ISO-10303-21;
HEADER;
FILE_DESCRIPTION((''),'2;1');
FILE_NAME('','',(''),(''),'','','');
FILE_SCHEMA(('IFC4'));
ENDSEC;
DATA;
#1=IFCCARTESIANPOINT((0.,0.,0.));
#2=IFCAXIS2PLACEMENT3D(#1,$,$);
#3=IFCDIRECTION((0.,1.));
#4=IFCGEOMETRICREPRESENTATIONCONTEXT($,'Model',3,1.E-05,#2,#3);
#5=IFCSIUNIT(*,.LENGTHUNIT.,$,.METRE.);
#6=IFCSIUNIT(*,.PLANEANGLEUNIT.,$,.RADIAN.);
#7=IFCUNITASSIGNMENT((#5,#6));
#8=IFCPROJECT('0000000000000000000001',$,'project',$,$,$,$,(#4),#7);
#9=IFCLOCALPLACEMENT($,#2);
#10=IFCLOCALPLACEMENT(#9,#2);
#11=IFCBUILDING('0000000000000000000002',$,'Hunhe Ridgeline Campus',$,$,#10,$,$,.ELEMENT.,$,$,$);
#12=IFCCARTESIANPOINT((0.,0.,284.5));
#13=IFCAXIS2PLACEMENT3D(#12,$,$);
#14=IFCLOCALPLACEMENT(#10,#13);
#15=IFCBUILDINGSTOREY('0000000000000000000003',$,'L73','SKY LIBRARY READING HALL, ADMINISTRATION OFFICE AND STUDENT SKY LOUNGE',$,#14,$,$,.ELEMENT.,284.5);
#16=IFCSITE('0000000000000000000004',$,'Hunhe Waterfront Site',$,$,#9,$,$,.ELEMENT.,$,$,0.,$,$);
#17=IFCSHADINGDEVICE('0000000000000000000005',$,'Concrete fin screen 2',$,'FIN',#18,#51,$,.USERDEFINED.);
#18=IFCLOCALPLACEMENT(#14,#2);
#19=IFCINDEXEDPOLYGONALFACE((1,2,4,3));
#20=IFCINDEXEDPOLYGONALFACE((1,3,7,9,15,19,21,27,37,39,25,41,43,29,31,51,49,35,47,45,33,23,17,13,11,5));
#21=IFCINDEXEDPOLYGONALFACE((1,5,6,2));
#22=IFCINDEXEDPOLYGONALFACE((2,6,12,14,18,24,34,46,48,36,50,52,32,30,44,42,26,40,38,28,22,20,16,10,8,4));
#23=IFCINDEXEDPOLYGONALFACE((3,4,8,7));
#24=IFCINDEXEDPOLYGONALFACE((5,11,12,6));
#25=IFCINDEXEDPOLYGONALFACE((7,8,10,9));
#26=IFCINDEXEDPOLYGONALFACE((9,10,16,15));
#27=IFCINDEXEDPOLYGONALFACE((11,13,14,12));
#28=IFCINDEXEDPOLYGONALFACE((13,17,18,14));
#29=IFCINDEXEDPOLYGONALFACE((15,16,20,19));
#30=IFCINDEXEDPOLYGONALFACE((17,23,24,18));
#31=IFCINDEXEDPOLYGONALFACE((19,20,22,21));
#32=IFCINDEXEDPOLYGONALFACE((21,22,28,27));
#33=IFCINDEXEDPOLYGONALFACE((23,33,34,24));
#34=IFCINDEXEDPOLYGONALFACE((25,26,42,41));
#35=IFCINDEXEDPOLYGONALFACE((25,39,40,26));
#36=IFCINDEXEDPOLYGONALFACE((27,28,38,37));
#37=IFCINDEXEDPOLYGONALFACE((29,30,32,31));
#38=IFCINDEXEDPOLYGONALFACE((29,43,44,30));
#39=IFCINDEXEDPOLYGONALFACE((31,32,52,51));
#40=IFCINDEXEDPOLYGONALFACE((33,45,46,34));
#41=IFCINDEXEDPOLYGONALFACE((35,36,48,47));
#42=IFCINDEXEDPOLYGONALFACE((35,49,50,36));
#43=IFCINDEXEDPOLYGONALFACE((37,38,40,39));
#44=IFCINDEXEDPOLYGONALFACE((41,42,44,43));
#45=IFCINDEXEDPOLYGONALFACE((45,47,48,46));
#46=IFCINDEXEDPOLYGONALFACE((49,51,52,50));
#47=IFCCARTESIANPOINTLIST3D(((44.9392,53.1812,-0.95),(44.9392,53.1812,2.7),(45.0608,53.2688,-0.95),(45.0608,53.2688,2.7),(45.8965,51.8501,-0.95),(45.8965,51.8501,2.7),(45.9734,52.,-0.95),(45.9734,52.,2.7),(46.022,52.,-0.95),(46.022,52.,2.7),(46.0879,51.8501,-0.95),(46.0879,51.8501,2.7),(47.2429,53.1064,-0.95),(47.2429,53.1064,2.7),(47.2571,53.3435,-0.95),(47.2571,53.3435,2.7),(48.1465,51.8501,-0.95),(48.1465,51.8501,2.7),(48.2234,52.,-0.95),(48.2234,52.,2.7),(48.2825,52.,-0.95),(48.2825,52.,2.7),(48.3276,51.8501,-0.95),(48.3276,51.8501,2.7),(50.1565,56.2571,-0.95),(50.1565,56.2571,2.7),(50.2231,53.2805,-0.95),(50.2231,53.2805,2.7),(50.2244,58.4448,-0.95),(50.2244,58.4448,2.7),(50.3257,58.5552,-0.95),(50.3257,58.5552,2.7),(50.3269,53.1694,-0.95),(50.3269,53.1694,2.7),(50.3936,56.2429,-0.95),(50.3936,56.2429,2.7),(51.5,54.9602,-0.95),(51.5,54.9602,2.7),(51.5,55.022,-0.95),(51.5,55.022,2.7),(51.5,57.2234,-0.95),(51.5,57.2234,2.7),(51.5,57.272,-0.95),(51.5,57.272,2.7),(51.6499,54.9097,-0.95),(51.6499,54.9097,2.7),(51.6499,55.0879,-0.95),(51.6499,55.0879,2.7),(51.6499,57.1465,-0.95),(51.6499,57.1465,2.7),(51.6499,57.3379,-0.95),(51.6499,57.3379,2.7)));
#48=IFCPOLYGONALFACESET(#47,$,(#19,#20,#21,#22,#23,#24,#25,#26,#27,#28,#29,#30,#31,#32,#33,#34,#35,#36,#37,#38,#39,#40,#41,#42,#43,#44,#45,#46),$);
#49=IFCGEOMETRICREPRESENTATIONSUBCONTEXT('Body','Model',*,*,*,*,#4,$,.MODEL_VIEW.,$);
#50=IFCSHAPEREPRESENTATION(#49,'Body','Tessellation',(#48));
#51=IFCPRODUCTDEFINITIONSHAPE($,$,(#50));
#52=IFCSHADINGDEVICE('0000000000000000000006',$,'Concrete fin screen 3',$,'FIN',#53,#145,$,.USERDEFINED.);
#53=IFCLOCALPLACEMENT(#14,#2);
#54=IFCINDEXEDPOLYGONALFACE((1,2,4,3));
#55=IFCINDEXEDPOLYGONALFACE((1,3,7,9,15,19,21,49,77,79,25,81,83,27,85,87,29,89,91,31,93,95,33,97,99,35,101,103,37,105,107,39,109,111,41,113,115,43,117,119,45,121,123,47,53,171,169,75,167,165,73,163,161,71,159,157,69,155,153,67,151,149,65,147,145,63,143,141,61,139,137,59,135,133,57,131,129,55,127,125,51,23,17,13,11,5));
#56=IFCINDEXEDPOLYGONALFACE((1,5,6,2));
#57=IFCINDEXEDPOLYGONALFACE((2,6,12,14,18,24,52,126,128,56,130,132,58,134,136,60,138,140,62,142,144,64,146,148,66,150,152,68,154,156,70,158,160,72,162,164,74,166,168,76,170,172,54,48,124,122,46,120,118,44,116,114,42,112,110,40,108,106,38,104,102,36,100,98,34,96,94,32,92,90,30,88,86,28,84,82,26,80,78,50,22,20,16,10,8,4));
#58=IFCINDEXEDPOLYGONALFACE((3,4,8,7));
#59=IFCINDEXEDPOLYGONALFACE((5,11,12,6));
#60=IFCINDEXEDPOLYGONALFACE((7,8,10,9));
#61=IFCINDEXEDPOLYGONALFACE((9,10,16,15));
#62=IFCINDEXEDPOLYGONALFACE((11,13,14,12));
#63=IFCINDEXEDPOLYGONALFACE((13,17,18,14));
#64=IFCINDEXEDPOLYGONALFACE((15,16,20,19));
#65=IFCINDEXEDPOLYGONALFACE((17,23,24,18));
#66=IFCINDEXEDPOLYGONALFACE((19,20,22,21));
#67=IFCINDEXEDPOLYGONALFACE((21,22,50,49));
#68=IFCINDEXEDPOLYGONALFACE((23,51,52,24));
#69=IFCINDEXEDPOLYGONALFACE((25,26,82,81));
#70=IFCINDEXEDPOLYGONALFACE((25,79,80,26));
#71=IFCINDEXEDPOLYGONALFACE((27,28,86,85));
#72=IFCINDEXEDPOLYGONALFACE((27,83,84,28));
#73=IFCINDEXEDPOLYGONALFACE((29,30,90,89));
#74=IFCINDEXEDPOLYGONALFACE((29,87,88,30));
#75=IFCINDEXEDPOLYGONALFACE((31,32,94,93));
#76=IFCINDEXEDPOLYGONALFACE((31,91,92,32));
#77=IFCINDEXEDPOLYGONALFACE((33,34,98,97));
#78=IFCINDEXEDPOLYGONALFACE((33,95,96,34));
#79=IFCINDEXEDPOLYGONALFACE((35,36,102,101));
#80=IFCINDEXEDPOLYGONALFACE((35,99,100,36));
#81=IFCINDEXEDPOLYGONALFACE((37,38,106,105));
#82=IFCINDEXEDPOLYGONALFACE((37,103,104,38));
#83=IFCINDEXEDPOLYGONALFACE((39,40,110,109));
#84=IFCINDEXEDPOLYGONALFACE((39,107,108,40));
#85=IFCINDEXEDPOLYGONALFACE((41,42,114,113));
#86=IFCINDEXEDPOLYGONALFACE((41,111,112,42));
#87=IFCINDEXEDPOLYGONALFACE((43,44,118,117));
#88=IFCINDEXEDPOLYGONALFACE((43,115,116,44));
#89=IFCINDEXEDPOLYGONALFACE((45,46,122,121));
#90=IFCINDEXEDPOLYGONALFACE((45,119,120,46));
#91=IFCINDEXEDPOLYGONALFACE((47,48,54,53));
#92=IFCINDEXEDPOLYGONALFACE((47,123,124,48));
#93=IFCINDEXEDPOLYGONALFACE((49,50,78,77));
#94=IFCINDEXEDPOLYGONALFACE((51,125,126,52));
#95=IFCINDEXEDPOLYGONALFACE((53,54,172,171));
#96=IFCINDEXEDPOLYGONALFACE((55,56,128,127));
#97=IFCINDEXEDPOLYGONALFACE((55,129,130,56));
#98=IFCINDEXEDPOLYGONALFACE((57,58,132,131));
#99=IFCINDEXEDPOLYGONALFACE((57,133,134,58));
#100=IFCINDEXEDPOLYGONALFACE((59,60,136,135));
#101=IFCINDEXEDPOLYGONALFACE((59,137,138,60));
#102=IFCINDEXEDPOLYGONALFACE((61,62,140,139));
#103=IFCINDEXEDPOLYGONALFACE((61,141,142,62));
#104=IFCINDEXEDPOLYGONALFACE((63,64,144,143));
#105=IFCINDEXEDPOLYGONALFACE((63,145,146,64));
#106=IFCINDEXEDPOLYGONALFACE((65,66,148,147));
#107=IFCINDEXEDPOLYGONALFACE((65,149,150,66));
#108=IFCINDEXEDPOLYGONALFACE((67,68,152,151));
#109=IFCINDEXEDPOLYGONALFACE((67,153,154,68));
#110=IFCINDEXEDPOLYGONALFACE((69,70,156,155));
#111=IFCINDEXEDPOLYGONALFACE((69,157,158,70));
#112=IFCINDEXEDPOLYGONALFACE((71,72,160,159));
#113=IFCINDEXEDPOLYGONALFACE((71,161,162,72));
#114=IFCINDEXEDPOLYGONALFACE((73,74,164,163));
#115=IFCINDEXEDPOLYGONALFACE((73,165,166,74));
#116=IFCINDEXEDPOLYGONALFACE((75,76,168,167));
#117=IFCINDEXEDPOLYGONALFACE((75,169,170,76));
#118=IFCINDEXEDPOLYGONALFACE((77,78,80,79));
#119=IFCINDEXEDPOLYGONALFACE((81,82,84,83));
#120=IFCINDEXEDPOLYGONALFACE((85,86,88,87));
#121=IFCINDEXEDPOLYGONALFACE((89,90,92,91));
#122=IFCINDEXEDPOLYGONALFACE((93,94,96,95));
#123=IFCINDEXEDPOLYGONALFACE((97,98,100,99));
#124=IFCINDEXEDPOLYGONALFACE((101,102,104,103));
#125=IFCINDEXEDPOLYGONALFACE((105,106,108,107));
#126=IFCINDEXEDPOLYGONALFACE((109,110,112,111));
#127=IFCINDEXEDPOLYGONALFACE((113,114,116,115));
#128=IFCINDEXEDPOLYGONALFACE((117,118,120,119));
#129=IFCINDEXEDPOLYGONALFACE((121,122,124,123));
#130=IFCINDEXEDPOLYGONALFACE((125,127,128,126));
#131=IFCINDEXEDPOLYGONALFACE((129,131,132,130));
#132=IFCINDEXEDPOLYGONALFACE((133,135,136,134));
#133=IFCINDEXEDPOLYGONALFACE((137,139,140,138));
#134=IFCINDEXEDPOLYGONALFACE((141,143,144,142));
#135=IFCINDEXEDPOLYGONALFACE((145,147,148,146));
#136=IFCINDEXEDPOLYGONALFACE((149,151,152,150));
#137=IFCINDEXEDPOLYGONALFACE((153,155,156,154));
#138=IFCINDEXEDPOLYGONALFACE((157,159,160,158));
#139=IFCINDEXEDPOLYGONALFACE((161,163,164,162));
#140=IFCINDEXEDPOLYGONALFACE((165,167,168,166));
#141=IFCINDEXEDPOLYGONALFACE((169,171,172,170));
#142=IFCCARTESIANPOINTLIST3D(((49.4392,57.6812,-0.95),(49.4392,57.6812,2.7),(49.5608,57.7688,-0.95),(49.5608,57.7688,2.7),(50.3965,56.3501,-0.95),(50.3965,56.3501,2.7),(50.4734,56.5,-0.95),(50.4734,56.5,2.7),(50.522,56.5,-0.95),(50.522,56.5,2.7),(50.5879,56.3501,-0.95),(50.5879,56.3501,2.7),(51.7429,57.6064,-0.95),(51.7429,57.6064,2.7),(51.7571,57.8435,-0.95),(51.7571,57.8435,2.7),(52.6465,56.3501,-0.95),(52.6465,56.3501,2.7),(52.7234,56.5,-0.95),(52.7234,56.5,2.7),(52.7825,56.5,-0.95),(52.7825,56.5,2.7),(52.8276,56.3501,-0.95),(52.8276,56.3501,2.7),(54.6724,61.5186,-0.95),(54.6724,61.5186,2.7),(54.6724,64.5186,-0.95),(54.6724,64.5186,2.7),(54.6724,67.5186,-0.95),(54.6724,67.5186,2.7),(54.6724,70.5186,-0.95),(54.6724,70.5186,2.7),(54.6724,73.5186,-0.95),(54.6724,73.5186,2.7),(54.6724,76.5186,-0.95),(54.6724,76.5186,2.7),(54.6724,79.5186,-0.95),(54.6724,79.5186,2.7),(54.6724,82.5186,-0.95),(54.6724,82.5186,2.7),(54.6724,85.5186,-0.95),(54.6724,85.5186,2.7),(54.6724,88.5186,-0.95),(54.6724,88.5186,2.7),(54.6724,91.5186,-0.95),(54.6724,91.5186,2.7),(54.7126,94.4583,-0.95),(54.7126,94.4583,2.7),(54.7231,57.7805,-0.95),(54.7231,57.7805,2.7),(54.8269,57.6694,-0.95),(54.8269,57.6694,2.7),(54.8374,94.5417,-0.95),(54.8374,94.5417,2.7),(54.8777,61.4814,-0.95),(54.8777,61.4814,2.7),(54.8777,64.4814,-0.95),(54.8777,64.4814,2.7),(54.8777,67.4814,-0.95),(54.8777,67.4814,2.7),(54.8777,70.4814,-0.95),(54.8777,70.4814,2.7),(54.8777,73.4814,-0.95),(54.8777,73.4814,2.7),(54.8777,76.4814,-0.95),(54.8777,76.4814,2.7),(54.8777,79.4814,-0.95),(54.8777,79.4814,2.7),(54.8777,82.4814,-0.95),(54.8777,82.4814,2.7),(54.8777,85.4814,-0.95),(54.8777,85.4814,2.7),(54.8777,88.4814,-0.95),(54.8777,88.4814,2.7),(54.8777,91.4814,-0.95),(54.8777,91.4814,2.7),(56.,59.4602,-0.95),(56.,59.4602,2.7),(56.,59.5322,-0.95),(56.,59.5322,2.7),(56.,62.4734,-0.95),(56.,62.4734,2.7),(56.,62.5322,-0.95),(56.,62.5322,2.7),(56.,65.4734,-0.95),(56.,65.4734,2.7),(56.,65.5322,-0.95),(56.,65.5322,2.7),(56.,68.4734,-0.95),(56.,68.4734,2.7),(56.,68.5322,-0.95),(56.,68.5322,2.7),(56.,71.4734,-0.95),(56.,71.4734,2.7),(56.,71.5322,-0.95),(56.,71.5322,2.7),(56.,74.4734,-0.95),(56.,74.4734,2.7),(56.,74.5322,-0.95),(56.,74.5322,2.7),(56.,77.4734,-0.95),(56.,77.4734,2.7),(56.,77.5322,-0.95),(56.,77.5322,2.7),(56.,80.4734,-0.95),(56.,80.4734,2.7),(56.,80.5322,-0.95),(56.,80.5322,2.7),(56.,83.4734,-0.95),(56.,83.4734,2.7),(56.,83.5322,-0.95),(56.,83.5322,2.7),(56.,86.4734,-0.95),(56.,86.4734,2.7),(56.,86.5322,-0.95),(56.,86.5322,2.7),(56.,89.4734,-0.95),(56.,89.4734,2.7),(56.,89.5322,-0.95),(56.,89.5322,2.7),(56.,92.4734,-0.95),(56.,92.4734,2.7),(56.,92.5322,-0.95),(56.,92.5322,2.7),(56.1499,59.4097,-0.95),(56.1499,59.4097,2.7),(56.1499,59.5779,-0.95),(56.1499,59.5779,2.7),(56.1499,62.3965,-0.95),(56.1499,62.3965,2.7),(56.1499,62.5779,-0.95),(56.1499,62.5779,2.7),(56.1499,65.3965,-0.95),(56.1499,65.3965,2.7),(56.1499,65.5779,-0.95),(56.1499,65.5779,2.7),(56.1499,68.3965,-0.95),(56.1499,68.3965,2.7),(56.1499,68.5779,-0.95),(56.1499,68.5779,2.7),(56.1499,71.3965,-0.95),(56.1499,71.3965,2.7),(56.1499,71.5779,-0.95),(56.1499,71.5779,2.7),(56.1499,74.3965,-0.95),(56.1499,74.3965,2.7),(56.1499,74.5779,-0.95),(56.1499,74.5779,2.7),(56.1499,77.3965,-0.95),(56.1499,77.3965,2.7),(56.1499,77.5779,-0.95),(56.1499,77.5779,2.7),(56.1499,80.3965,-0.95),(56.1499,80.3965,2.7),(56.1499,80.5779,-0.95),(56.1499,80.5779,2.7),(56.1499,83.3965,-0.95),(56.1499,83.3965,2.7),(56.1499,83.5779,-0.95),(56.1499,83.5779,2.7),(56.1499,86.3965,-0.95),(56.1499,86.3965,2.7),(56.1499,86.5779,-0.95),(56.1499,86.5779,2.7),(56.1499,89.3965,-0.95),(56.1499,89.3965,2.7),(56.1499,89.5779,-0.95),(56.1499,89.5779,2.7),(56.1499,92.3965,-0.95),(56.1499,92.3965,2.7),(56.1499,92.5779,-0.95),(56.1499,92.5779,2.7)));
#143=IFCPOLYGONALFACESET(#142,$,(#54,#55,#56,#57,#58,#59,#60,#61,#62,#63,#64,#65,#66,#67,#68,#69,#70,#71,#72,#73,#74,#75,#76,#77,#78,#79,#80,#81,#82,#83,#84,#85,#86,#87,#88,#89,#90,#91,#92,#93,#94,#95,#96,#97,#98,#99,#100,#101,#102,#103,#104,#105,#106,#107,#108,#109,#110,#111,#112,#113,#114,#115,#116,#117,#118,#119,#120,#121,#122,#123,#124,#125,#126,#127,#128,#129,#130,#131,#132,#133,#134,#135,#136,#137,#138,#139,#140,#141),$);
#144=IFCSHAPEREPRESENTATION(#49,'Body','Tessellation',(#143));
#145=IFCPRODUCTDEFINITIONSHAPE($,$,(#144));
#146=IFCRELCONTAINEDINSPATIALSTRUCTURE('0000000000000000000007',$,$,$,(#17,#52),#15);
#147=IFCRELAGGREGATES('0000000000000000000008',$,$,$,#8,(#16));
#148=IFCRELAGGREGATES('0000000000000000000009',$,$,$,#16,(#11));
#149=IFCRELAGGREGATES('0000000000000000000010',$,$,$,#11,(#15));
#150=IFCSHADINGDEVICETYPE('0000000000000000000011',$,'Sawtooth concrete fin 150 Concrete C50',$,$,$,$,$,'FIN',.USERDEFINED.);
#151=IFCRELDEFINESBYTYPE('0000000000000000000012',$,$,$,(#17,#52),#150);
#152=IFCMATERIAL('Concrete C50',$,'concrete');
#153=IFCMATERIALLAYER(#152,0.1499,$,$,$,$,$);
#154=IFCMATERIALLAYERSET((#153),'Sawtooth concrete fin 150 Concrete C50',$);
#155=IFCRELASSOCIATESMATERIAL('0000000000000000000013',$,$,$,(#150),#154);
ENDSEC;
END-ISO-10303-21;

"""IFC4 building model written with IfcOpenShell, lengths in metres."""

from ifc_helpers import new_model, si_unit, direction, frame, origin, place, context, subcontext, project, spatial, polyline, outline, extrude, material, layer, layer_set, type_object, element, save


model = new_model("IFC4")

# Units and contexts
model_context = context("Model", 3, precision=1e-05, world=origin(), true_north=direction((0.0, 1.0)))
body_context = subcontext(model_context, "Body", "Model", "MODEL_VIEW")
ifc_project = project(units=[si_unit("LENGTHUNIT", "METRE"), si_unit("PLANEANGLEUNIT", "RADIAN")], contexts=[model_context])

# Site, building, storey
site_placement = place(None, origin())
site = spatial("IfcSite", under=ifc_project, at=site_placement, Name="Hunhe Waterfront Site", CompositionType="ELEMENT", RefElevation=0.0)
building_placement = place(site_placement, origin())
building = spatial("IfcBuilding", under=site, at=building_placement, Name="Hunhe Ridgeline Campus", CompositionType="ELEMENT")
storey_placement = place(building_placement, frame((0.0, 0.0, 284.5)))
storey = spatial("IfcBuildingStorey", under=building, at=storey_placement, Name="L73", Description="SKY LIBRARY READING HALL, ADMINISTRATION OFFICE AND STUDENT SKY LOUNGE", CompositionType="ELEMENT", Elevation=284.5)

# Shared definitions
ifc_material_1 = material(Name="Concrete C50", Category="concrete")

# Shading devices
ifc_layer_1 = layer(ifc_material_1, 0.1499)
ifc_layer_set_1 = layer_set([ifc_layer_1], Name="Sawtooth concrete fin 150 Concrete C50")
shading_device_type = type_object("IfcShadingDeviceType", Name="Sawtooth concrete fin 150 Concrete C50", ElementType="FIN", PredefinedType="USERDEFINED", material=ifc_layer_set_1)
shading_device_1_placement = place(storey_placement, frame((0.0, 0.0, -0.95)))
element("IfcShadingDevice", 1, at=shading_device_1_placement, inside=storey, type_object=shading_device_type, Name="Concrete fin screen 2", ObjectType="FIN", PredefinedType="USERDEFINED", context=body_context, shape_type="SweptSolid", body=[
    extrude(outline(polyline([(45.0608, 53.2688), (44.9392, 53.1812), (45.8965, 51.8501), (46.0879, 51.8501), (47.2429, 53.1064), (48.1465, 51.8501), (48.3276, 51.8501), (50.3269, 53.1694), (51.6499, 54.9097), (51.6499, 55.0879), (50.3936, 56.2429), (51.6499, 57.1465), (51.6499, 57.3379), (50.3257, 58.5552), (50.2244, 58.4448), (51.5, 57.272), (51.5, 57.2234), (50.1565, 56.2571), (51.5, 55.022), (51.5, 54.9602), (50.2231, 53.2805), (48.2825, 52.0), (48.2234, 52.0), (47.2571, 53.3435), (46.022, 52.0), (45.9734, 52.0), (45.0608, 53.2688)])), origin(), (0.0, 0.0, 1.0), 3.6499),
])
shading_device_2_placement = place(storey_placement, frame((0.0, 0.0, -0.95)))
element("IfcShadingDevice", 2, at=shading_device_2_placement, inside=storey, type_object=shading_device_type, Name="Concrete fin screen 3", ObjectType="FIN", PredefinedType="USERDEFINED", context=body_context, shape_type="SweptSolid", body=[
    extrude(outline(polyline([(49.5608, 57.7688), (49.4392, 57.6812), (50.3965, 56.3501), (50.5879, 56.3501), (51.7429, 57.6064), (52.6465, 56.3501), (52.8276, 56.3501), (54.8269, 57.6694), (56.1499, 59.4097), (56.1499, 59.5779), (54.8777, 61.4814), (56.1499, 62.3965), (56.1499, 62.5779), (54.8777, 64.4814), (56.1499, 65.3965), (56.1499, 65.5779), (54.8777, 67.4814), (56.1499, 68.3965), (56.1499, 68.5779), (54.8777, 70.4814), (56.1499, 71.3965), (56.1499, 71.5779), (54.8777, 73.4814), (56.1499, 74.3965), (56.1499, 74.5779), (54.8777, 76.4814), (56.1499, 77.3965), (56.1499, 77.5779), (54.8777, 79.4814), (56.1499, 80.3965), (56.1499, 80.5779), (54.8777, 82.4814), (56.1499, 83.3965), (56.1499, 83.5779), (54.8777, 85.4814), (56.1499, 86.3965), (56.1499, 86.5779), (54.8777, 88.4814), (56.1499, 89.3965), (56.1499, 89.5779), (54.8777, 91.4814), (56.1499, 92.3965), (56.1499, 92.5779), (54.8374, 94.5417), (54.7126, 94.4583), (56.0, 92.5322), (56.0, 92.4734), (54.6724, 91.5186), (56.0, 89.5322), (56.0, 89.4734), (54.6724, 88.5186), (56.0, 86.5322), (56.0, 86.4734), (54.6724, 85.5186), (56.0, 83.5322), (56.0, 83.4734), (54.6724, 82.5186), (56.0, 80.5322), (56.0, 80.4734), (54.6724, 79.5186), (56.0, 77.5322), (56.0, 77.4734), (54.6724, 76.5186), (56.0, 74.5322), (56.0, 74.4734), (54.6724, 73.5186), (56.0, 71.5322), (56.0, 71.4734), (54.6724, 70.5186), (56.0, 68.5322), (56.0, 68.4734), (54.6724, 67.5186), (56.0, 65.5322), (56.0, 65.4734), (54.6724, 64.5186), (56.0, 62.5322), (56.0, 62.4734), (54.6724, 61.5186), (56.0, 59.5322), (56.0, 59.4602), (54.7231, 57.7805), (52.7825, 56.5), (52.7234, 56.5), (51.7571, 57.8435), (50.522, 56.5), (50.4734, 56.5), (49.5608, 57.7688)])), origin(), (0.0, 0.0, 1.0), 3.6499),
])

save(model, "model.ifc")
